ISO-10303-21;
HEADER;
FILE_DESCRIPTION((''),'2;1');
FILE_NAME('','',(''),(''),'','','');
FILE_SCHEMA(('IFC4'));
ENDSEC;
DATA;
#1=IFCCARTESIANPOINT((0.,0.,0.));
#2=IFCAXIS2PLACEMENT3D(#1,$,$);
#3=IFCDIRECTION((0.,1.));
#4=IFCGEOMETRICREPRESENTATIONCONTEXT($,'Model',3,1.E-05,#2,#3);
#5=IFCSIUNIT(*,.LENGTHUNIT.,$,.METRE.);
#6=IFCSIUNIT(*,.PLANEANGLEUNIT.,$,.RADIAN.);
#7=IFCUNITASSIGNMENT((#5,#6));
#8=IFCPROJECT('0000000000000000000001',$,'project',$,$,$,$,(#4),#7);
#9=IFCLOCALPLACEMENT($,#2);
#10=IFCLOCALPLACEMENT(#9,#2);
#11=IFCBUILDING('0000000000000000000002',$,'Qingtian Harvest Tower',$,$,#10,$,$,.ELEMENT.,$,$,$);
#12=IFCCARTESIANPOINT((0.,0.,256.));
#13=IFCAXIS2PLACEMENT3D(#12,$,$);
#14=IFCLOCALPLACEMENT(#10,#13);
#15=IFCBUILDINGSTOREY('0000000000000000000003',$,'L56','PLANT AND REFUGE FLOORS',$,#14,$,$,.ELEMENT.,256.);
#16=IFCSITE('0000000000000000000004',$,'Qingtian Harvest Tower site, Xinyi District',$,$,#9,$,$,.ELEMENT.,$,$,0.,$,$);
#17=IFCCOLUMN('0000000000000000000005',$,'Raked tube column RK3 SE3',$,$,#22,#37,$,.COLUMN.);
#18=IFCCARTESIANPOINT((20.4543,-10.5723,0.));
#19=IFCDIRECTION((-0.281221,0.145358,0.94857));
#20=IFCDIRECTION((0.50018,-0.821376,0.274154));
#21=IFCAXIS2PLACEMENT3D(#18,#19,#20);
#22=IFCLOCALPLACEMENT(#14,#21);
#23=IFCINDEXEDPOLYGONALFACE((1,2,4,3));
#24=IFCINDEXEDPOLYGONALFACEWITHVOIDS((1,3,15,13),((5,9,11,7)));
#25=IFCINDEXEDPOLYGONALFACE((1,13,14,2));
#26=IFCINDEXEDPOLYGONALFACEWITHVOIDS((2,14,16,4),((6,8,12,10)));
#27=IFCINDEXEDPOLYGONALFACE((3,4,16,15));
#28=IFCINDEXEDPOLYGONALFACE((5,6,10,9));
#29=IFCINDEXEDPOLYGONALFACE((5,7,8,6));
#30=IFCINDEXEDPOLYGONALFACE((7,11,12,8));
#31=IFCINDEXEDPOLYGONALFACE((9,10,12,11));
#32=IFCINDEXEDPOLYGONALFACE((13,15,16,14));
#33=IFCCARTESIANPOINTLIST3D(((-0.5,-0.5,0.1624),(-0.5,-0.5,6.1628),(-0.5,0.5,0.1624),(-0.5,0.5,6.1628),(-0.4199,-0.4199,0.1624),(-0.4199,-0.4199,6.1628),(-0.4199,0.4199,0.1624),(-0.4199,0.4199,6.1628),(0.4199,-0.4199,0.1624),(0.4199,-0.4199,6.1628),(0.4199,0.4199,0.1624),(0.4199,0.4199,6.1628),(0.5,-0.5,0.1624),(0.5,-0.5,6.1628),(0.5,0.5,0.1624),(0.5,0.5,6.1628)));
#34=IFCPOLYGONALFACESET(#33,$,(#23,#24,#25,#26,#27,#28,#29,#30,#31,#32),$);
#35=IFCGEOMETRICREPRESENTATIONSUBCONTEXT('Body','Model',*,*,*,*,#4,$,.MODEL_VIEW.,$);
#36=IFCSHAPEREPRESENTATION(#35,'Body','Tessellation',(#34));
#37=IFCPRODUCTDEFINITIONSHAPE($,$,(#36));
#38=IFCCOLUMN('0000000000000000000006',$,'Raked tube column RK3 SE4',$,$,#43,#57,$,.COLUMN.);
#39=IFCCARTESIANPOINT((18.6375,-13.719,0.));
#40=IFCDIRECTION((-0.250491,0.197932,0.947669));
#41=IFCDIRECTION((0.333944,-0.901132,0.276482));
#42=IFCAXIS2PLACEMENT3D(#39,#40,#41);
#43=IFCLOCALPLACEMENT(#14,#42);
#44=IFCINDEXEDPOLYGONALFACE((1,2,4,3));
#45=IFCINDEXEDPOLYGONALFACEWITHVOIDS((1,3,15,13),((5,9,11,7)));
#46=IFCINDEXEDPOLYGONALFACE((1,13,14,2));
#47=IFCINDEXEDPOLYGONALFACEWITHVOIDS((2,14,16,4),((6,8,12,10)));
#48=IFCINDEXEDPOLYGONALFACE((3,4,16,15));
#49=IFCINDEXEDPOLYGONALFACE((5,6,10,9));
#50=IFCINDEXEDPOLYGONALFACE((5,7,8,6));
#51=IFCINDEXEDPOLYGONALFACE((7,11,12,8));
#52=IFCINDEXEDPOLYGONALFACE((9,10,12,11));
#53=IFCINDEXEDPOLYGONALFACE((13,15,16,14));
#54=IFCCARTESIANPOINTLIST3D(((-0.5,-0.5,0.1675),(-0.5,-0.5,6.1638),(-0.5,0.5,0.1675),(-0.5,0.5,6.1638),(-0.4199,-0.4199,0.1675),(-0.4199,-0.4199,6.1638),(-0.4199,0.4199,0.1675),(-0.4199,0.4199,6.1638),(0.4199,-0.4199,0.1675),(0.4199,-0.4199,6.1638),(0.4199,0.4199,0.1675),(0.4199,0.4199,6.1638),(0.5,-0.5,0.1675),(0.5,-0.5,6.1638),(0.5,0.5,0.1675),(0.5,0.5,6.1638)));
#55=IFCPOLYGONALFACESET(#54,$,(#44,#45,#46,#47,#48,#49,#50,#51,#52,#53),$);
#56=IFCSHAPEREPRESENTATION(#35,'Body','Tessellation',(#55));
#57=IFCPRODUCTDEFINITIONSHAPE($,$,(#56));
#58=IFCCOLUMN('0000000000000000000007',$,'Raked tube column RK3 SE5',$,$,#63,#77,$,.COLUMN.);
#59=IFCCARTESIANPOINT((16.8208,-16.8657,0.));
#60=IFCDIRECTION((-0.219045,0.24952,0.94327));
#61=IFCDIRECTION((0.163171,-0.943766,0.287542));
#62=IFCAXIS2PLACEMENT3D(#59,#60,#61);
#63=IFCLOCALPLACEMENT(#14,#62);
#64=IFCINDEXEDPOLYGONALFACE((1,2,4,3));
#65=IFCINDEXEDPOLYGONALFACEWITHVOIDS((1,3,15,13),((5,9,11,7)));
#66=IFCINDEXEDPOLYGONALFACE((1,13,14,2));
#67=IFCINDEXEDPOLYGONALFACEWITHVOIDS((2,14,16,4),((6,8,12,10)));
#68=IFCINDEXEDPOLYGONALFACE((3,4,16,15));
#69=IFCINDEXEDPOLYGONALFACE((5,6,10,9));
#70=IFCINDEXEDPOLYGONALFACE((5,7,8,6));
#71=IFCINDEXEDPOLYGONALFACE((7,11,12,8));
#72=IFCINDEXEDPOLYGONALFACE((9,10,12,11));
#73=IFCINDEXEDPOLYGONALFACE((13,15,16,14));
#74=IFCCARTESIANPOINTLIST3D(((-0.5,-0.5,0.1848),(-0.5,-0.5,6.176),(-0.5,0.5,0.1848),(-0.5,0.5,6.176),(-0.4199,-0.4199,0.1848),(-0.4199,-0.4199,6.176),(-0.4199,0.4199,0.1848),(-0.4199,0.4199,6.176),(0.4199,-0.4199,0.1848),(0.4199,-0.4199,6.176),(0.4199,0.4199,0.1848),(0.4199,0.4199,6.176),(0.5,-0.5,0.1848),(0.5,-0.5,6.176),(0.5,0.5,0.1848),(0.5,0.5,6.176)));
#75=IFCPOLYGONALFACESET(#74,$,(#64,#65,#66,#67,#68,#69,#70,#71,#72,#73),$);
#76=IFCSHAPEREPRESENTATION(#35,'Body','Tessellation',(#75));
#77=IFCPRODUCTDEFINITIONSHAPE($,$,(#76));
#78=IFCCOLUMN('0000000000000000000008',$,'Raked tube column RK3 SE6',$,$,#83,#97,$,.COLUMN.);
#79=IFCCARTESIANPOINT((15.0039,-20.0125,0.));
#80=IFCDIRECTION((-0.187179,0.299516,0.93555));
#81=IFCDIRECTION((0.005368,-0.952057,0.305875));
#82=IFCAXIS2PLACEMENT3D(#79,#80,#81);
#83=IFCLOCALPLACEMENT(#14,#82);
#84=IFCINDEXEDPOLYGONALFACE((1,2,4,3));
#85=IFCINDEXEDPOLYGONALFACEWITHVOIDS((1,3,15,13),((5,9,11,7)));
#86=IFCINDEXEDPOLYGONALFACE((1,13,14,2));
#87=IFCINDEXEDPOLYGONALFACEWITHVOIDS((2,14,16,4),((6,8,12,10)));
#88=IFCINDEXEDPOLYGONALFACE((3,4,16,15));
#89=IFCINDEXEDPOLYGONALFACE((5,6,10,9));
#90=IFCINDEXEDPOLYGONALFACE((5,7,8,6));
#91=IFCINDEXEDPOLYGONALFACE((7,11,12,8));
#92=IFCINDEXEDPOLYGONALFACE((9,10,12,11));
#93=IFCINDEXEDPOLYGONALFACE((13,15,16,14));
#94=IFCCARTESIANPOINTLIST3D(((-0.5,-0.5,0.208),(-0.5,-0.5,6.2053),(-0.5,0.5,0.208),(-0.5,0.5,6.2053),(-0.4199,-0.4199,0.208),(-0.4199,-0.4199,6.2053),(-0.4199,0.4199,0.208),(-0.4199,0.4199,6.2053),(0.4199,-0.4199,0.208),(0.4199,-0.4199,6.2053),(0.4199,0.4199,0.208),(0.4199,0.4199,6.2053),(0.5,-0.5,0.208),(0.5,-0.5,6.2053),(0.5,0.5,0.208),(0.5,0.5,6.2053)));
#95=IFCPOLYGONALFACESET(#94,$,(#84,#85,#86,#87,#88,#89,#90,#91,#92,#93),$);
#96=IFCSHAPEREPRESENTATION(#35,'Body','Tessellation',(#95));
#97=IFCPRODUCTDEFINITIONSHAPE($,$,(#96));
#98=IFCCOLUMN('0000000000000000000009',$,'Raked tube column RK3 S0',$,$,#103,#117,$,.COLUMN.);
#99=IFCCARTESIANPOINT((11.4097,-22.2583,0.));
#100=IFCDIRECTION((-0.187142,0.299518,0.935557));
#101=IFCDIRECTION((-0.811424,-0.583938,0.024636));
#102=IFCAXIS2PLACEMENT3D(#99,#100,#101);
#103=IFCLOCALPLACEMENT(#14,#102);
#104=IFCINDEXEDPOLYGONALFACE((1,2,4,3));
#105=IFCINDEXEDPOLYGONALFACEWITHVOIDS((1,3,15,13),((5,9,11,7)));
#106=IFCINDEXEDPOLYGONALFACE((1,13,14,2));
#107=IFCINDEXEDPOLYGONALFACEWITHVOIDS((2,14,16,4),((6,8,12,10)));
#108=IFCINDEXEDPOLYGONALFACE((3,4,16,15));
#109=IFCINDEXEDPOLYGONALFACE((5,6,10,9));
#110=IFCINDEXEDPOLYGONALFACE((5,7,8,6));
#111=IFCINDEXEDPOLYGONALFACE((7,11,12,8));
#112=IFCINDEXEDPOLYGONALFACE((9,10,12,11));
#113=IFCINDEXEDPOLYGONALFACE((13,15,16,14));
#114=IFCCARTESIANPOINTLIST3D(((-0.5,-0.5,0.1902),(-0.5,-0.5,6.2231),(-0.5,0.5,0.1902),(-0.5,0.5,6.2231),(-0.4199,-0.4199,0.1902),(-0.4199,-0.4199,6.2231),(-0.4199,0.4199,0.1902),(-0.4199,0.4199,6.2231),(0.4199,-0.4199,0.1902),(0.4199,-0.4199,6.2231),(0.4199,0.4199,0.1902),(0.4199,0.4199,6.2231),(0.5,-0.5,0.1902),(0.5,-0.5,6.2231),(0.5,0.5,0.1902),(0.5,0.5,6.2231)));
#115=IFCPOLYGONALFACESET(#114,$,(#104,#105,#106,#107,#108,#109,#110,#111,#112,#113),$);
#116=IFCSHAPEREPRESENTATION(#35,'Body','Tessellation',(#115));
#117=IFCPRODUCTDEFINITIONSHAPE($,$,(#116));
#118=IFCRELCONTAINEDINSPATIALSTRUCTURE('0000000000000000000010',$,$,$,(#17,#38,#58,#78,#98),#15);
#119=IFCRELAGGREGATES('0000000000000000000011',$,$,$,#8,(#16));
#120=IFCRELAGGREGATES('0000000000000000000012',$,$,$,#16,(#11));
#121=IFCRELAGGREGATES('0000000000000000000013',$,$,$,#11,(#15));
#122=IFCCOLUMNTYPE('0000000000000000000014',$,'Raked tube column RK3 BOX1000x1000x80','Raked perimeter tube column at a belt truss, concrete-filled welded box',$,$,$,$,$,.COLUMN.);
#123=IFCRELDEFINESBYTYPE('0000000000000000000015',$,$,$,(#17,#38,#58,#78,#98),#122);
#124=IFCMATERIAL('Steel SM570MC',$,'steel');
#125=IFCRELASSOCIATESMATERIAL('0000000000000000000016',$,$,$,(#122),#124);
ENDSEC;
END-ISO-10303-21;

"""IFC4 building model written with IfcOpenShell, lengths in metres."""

from ifc_helpers import new_model, si_unit, direction, frame, origin, origin_2d, place, context, subcontext, project, spatial, hollow_rectangle, extrude, clip, halfspace, material, material_profile, profile_set, type_object, element, save


model = new_model("IFC4")

# Units and contexts
model_context = context("Model", 3, precision=1e-05, world=origin(), true_north=direction((0.0, 1.0)))
body_context = subcontext(model_context, "Body", "Model", "MODEL_VIEW")
ifc_project = project(units=[si_unit("LENGTHUNIT", "METRE"), si_unit("PLANEANGLEUNIT", "RADIAN")], contexts=[model_context])

# Site, building, storey
site_placement = place(None, origin())
site = spatial("IfcSite", under=ifc_project, at=site_placement, Name="Qingtian Harvest Tower site, Xinyi District", CompositionType="ELEMENT", RefElevation=0.0)
building_placement = place(site_placement, origin())
building = spatial("IfcBuilding", under=site, at=building_placement, Name="Qingtian Harvest Tower", CompositionType="ELEMENT")
storey_placement = place(building_placement, frame((0.0, 0.0, 256.0)))
storey = spatial("IfcBuildingStorey", under=building, at=storey_placement, Name="L56", Description="PLANT AND REFUGE FLOORS", CompositionType="ELEMENT", Elevation=256.0)

# Columns
ifc_material_1 = material(Name="Steel SM570MC", Category="steel")
ifc_material_profile_1 = material_profile(ifc_material_1, hollow_rectangle(XDim=1.0, YDim=1.0, WallThickness=0.0801, at=origin_2d()), Name="BOX1000x1000x80")
ifc_profile_set_1 = profile_set([ifc_material_profile_1], Name="Steel SM570MC")
column_type = type_object("IfcColumnType", Name="Raked tube column RK3 BOX1000x1000x80", Description="Raked perimeter tube column at a belt truss, concrete-filled welded box", PredefinedType="COLUMN", material=ifc_profile_set_1)
column_1_placement = place(storey_placement, frame((20.4543, -10.5723, 0.0), z_axis=(-0.281221, 0.145358, 0.94857), x_axis=(0.50018, -0.821376, 0.274154)))
element("IfcColumn", 1, at=column_1_placement, inside=storey, type_object=column_type, Name="Raked tube column RK3 SE3", PredefinedType="COLUMN", context=body_context, shape_type="Clipping", body=[
    clip(clip(extrude(hollow_rectangle(XDim=1.0, YDim=1.0, WallThickness=0.0801, at=origin_2d()), origin(), (0.0, 0.0, 1.0), 6.3252), halfspace(frame((0.0, 0.0, 0.1624), z_axis=(0.0, 0.0, -1.0), x_axis=(0.0, -1.0, 0.0)), False)), halfspace(frame((0.0, 0.0, 6.1628), z_axis=(0.0, 0.0, 1.0), x_axis=(0.0, 1.0, 0.0)), False)),
])
column_2_placement = place(storey_placement, frame((18.6375, -13.719, 0.0), z_axis=(-0.250491, 0.197932, 0.947669), x_axis=(0.333944, -0.901132, 0.276482)))
element("IfcColumn", 2, at=column_2_placement, inside=storey, type_object=column_type, Name="Raked tube column RK3 SE4", PredefinedType="COLUMN", context=body_context, shape_type="Clipping", body=[
    clip(clip(extrude(hollow_rectangle(XDim=1.0, YDim=1.0, WallThickness=0.0801, at=origin_2d()), origin(), (0.0, 0.0, 1.0), 6.3313), halfspace(frame((0.0, 0.0, 0.1675), z_axis=(0.0, 0.0, -1.0), x_axis=(0.0, -1.0, 0.0)), False)), halfspace(frame((0.0, 0.0, 6.1638), z_axis=(0.0, 0.0, 1.0), x_axis=(0.0, 1.0, 0.0)), False)),
])
column_3_placement = place(storey_placement, frame((16.8208, -16.8657, 0.0), z_axis=(-0.219045, 0.24952, 0.94327), x_axis=(0.163171, -0.943766, 0.287542)))
element("IfcColumn", 3, at=column_3_placement, inside=storey, type_object=column_type, Name="Raked tube column RK3 SE5", PredefinedType="COLUMN", context=body_context, shape_type="Clipping", body=[
    clip(clip(extrude(hollow_rectangle(XDim=1.0, YDim=1.0, WallThickness=0.0801, at=origin_2d()), origin(), (0.0, 0.0, 1.0), 6.3608), halfspace(frame((0.0, 0.0, 0.1848), z_axis=(0.0, 0.0, -1.0), x_axis=(0.0, -1.0, 0.0)), False)), halfspace(frame((0.0, 0.0, 6.176), z_axis=(0.0, 0.0, 1.0), x_axis=(0.0, 1.0, 0.0)), False)),
])
column_4_placement = place(storey_placement, frame((15.0039, -20.0125, 0.0), z_axis=(-0.187179, 0.299516, 0.93555), x_axis=(0.005368, -0.952057, 0.305875)))
element("IfcColumn", 4, at=column_4_placement, inside=storey, type_object=column_type, Name="Raked tube column RK3 SE6", PredefinedType="COLUMN", context=body_context, shape_type="Clipping", body=[
    clip(clip(extrude(hollow_rectangle(XDim=1.0, YDim=1.0, WallThickness=0.0801, at=origin_2d()), origin(), (0.0, 0.0, 1.0), 6.4133), halfspace(frame((0.0, 0.0, 0.208), z_axis=(0.0, 0.0, -1.0), x_axis=(0.0, -1.0, 0.0)), False)), halfspace(frame((0.0, 0.0, 6.2053), z_axis=(0.0, 0.0, 1.0), x_axis=(0.0, 1.0, 0.0)), False)),
])
column_5_placement = place(storey_placement, frame((11.4097, -22.2583, 0.0), z_axis=(-0.187142, 0.299518, 0.935557), x_axis=(-0.811424, -0.583938, 0.024636)))
element("IfcColumn", 5, at=column_5_placement, inside=storey, type_object=column_type, Name="Raked tube column RK3 S0", PredefinedType="COLUMN", context=body_context, shape_type="Clipping", body=[
    clip(clip(extrude(hollow_rectangle(XDim=1.0, YDim=1.0, WallThickness=0.0801, at=origin_2d()), origin(), (0.0, 0.0, 1.0), 6.4133), halfspace(frame((0.0, 0.0, 0.1902), z_axis=(0.0, 0.0, -1.0), x_axis=(0.0, -1.0, 0.0)), False)), halfspace(frame((0.0, 0.0, 6.2231), z_axis=(0.0, 0.0, 1.0), x_axis=(0.0, 1.0, 0.0)), False)),
])

save(model, "model.ifc")
